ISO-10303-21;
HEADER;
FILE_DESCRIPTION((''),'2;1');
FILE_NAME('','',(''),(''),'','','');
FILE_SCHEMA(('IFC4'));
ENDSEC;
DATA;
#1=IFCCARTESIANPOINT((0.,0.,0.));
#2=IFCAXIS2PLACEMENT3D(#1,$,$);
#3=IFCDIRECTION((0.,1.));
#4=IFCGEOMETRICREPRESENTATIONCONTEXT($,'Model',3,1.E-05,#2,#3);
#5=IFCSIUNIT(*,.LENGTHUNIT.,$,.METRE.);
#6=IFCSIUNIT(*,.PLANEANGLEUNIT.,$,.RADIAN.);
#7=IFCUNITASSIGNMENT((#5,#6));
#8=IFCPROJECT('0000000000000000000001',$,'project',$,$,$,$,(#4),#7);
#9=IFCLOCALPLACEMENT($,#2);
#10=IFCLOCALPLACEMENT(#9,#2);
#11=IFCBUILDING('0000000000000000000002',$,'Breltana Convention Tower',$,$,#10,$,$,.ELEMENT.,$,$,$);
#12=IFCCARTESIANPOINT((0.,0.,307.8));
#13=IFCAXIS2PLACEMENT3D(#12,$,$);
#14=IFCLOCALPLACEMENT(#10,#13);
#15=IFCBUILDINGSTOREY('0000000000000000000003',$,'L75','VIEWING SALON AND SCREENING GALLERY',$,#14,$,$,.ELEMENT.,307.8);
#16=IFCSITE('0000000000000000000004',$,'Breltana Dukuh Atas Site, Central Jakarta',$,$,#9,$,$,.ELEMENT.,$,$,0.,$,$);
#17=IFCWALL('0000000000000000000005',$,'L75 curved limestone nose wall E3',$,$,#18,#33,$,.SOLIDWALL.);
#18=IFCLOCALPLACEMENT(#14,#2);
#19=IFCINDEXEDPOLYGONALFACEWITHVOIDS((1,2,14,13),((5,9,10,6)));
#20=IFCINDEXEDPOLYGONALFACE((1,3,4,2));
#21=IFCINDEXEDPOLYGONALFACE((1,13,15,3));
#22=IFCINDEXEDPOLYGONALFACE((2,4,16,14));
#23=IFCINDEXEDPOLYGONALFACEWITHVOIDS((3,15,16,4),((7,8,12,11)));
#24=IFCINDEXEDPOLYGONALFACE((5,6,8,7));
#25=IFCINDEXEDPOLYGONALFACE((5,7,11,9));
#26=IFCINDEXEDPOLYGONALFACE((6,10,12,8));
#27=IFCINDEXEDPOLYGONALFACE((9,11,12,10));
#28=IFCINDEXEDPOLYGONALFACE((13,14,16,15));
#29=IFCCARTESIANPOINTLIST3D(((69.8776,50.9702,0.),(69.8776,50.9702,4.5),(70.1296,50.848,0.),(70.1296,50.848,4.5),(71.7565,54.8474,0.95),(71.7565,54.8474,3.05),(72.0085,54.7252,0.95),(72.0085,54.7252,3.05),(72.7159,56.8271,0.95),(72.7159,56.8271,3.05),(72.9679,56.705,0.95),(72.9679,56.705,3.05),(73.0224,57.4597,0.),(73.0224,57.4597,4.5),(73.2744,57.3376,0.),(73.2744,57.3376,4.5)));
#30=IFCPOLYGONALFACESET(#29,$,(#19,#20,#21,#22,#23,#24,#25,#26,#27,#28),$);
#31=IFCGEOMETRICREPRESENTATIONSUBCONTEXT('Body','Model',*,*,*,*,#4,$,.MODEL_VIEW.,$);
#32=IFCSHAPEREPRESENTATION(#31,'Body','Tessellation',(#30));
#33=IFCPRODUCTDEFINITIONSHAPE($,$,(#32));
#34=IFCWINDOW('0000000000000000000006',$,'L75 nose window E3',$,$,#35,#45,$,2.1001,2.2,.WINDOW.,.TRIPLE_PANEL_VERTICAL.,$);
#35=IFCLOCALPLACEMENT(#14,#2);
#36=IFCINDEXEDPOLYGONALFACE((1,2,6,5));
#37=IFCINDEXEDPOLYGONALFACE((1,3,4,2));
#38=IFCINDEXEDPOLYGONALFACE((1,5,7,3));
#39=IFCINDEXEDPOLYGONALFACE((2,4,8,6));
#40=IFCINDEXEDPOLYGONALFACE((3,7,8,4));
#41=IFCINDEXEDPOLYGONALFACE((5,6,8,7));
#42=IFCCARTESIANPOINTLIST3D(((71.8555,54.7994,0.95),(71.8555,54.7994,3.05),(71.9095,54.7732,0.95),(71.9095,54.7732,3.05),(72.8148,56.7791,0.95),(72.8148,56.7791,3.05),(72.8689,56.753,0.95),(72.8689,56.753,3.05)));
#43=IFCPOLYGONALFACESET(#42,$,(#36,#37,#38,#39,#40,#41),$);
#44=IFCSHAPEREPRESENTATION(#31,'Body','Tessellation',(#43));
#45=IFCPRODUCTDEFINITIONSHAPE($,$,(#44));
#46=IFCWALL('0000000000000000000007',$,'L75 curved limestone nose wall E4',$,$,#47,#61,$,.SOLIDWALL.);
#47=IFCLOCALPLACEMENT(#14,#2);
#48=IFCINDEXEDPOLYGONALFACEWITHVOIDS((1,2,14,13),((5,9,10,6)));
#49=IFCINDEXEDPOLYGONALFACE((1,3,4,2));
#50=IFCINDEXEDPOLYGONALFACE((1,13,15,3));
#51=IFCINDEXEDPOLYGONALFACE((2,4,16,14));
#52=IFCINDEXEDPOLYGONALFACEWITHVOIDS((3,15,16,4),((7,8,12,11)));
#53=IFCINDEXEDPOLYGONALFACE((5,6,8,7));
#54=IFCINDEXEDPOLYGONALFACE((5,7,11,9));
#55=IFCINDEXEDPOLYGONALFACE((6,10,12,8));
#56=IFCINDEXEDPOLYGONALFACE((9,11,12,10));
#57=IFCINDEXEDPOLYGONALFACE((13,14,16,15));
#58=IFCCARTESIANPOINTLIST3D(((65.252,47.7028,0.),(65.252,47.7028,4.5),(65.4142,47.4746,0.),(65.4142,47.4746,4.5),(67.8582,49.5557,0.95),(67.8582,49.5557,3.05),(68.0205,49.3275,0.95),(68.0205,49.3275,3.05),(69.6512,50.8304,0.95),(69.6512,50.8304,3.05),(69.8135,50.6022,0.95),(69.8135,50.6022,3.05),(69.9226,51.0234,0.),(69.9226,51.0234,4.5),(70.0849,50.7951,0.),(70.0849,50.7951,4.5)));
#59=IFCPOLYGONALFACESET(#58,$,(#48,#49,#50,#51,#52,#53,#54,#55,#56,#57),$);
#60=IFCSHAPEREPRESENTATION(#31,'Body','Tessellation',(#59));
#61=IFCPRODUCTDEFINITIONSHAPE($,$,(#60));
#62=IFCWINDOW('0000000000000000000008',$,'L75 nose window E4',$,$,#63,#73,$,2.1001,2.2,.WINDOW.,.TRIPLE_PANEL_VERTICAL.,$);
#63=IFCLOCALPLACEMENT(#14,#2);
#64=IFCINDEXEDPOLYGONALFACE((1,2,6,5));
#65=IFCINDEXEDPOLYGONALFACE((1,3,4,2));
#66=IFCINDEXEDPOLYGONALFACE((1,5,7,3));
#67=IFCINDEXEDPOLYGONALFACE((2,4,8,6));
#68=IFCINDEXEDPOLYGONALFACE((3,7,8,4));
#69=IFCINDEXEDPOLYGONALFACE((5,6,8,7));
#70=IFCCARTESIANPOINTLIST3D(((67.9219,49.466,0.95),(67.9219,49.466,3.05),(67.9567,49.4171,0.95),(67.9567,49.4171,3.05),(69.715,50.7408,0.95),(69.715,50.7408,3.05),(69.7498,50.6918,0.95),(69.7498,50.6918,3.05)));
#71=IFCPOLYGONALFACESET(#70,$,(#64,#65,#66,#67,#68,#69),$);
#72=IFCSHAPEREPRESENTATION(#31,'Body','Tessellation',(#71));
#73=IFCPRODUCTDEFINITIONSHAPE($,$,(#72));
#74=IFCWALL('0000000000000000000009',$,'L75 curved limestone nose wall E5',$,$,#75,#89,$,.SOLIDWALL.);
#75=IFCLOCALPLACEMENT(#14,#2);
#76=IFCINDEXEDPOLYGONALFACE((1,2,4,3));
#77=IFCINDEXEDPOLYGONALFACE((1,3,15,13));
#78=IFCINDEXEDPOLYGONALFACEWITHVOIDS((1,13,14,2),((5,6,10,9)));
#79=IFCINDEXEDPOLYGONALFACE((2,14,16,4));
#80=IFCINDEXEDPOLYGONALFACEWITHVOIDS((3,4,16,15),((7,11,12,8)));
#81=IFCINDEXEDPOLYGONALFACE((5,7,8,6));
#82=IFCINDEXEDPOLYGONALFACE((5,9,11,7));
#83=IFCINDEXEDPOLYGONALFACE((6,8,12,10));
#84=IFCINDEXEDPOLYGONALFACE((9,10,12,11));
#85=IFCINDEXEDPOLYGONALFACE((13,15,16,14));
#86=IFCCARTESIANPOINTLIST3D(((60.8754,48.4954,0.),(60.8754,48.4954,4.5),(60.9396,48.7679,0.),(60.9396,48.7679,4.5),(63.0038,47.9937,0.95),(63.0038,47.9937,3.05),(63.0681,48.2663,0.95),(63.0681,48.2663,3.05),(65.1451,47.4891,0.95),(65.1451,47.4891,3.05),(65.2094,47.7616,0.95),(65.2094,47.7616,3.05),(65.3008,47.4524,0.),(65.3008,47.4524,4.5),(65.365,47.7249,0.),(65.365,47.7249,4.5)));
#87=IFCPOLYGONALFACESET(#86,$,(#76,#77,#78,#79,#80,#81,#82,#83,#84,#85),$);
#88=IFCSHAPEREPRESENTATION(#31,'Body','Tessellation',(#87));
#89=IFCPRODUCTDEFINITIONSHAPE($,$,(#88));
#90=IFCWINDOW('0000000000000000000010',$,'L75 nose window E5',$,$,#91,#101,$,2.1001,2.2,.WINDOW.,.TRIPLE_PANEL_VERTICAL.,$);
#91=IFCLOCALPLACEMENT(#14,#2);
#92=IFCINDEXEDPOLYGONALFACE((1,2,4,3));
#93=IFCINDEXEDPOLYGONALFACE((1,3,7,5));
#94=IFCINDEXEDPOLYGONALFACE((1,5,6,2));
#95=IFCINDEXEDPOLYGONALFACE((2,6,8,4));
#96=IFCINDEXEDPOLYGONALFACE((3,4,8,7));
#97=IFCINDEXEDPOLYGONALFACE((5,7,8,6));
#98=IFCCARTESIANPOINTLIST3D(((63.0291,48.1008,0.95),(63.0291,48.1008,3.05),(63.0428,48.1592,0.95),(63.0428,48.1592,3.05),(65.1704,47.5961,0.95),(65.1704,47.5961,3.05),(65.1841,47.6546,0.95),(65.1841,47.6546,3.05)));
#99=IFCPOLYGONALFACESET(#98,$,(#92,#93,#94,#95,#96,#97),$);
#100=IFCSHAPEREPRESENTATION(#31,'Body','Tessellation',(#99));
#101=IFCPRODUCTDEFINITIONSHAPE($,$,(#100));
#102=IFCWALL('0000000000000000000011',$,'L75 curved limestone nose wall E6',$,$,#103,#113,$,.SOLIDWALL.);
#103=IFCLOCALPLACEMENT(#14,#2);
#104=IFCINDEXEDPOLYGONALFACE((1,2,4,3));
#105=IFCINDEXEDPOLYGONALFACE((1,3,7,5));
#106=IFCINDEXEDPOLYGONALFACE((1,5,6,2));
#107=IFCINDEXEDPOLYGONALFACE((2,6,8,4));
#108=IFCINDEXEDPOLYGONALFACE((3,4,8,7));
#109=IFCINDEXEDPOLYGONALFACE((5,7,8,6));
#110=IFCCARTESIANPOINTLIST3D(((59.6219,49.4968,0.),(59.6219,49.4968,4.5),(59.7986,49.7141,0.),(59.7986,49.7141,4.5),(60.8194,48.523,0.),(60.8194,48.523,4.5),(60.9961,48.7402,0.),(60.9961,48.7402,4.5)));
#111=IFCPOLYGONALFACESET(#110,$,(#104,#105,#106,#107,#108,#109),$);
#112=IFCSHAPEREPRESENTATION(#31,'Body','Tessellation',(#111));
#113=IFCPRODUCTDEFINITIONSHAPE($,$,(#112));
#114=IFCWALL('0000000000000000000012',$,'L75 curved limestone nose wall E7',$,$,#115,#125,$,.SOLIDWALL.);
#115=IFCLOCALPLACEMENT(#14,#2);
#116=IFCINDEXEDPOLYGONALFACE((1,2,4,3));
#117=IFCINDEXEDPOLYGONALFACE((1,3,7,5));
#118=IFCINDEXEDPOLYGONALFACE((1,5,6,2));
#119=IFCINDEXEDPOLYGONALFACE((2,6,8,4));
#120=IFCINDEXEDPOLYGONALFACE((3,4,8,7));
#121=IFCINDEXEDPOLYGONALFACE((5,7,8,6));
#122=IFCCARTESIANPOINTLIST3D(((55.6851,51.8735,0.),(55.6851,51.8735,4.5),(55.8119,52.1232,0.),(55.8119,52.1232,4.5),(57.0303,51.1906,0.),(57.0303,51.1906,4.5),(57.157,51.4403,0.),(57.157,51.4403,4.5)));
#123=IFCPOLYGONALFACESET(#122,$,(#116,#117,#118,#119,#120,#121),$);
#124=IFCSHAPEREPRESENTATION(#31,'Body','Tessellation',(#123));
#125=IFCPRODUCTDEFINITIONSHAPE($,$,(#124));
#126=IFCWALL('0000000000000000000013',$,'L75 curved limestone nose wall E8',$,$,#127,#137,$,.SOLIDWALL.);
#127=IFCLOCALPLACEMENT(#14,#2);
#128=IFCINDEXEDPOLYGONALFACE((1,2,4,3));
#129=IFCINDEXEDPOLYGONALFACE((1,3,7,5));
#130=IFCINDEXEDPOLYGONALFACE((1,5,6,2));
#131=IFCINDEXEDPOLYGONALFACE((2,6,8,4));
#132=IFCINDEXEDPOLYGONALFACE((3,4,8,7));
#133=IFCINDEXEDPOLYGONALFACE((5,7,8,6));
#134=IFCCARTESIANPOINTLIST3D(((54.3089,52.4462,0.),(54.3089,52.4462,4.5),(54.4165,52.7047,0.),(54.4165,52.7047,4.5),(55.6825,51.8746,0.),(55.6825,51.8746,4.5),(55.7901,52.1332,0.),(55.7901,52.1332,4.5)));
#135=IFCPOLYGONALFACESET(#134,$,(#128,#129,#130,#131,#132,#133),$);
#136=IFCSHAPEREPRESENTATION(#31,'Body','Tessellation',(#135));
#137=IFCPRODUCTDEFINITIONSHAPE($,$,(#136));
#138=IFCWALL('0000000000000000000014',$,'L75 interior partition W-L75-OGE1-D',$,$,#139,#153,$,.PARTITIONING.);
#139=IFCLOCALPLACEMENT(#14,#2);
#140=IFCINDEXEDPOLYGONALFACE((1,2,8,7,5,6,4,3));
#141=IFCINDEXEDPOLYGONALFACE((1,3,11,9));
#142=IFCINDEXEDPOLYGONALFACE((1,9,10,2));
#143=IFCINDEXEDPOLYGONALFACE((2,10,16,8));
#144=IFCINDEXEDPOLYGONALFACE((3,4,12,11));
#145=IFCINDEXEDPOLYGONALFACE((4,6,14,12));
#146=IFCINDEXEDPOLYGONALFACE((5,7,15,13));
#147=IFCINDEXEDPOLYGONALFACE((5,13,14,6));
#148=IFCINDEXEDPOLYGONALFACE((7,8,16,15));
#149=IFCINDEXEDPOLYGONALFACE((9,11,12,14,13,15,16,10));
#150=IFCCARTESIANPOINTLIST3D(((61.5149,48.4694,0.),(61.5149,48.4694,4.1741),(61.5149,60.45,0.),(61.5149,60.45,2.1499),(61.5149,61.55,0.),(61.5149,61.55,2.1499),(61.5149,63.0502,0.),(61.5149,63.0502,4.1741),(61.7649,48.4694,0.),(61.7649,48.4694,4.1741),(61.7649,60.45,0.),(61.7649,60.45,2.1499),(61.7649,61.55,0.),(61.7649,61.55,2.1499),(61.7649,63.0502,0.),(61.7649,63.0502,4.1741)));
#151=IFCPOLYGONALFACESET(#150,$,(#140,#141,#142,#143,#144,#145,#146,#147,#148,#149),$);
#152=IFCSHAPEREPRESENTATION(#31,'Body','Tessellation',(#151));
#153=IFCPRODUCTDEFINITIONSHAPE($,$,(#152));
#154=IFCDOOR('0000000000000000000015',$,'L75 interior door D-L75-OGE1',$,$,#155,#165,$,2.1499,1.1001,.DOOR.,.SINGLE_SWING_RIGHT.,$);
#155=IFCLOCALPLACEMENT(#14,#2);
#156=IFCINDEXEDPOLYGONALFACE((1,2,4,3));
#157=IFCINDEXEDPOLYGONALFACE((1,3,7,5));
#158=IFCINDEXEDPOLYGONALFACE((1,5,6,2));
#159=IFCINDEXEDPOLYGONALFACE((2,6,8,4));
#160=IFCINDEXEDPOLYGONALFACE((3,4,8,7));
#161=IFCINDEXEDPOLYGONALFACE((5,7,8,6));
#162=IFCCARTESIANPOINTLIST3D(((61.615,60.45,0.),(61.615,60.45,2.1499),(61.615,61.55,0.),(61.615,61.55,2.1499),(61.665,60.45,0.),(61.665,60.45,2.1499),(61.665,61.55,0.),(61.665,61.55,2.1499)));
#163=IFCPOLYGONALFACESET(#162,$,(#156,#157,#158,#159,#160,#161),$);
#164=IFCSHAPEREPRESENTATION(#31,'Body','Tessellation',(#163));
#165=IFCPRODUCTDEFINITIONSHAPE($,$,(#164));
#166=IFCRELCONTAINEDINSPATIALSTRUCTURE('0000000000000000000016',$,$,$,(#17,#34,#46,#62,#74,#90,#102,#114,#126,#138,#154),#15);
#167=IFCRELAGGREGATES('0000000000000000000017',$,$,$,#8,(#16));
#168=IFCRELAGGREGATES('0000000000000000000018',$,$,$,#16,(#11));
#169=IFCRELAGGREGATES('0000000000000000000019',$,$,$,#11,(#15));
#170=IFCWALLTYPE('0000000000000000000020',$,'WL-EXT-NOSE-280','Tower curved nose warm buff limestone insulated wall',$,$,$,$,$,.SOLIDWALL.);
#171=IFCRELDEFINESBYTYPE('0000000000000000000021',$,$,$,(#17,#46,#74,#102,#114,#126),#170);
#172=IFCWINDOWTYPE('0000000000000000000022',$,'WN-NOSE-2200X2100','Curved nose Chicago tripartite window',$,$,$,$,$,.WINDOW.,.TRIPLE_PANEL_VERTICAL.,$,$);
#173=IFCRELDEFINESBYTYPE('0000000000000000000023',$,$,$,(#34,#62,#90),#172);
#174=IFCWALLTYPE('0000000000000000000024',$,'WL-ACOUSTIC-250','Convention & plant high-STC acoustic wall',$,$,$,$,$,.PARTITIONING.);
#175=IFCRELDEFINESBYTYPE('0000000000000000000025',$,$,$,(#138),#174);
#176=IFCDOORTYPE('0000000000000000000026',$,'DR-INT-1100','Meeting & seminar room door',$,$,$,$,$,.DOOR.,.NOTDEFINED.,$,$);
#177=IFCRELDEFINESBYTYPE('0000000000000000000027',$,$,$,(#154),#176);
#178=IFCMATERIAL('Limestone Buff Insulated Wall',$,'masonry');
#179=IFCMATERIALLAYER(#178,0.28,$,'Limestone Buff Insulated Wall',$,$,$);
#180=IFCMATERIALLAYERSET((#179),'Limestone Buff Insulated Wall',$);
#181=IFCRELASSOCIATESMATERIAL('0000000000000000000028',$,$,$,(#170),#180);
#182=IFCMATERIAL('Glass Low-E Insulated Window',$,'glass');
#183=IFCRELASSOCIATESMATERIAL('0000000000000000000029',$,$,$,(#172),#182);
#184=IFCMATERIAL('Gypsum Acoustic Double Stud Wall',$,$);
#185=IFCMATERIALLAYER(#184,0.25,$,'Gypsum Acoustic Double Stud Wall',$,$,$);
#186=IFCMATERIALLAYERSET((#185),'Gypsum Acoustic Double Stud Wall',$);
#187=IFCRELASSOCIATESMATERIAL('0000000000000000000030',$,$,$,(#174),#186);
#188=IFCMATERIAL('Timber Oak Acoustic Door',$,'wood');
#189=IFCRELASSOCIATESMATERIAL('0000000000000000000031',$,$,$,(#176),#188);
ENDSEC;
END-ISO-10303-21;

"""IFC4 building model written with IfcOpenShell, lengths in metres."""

from ifc_helpers import new_model, si_unit, direction, frame, frame_2d, origin, place, context, subcontext, project, spatial, rectangle, extrude, source, transform, mapped, material, layer, layer_set, type_object, type_shapes, element, fill, save


model = new_model("IFC4")

# Units and contexts
model_context = context("Model", 3, precision=1e-05, world=origin(), true_north=direction((0.0, 1.0)))
body_context = subcontext(model_context, "Body", "Model", "MODEL_VIEW")
ifc_project = project(units=[si_unit("LENGTHUNIT", "METRE"), si_unit("PLANEANGLEUNIT", "RADIAN")], contexts=[model_context])

# Site, building, storey
site_placement = place(None, origin())
site = spatial("IfcSite", under=ifc_project, at=site_placement, Name="Breltana Dukuh Atas Site, Central Jakarta", CompositionType="ELEMENT", RefElevation=0.0)
building_placement = place(site_placement, origin())
building = spatial("IfcBuilding", under=site, at=building_placement, Name="Breltana Convention Tower", CompositionType="ELEMENT")
storey_placement = place(building_placement, frame((0.0, 0.0, 307.8)))
storey = spatial("IfcBuildingStorey", under=building, at=storey_placement, Name="L75", Description="VIEWING SALON AND SCREENING GALLERY", CompositionType="ELEMENT", Elevation=307.8)

# Walls, openings, windows
ifc_material_1 = material(Name="Limestone Buff Insulated Wall", Category="masonry")
ifc_layer_1 = layer(ifc_material_1, 0.28, Name="Limestone Buff Insulated Wall")
ifc_layer_set_1 = layer_set([ifc_layer_1], Name="Limestone Buff Insulated Wall")
wall_type_1 = type_object("IfcWallType", Name="WL-EXT-NOSE-280", Description="Tower curved nose warm buff limestone insulated wall", PredefinedType="SOLIDWALL", material=ifc_layer_set_1)
shared_shape_1 = source(origin(), body_context, "Body", "SweptSolid", [
    extrude(rectangle(XDim=7.2114, YDim=0.28, at=frame_2d((3.6057, 0.0))), origin(), (0.0, 0.0, 1.0), 4.5),
])
wall_1_placement = place(storey_placement, frame((73.1484, 57.3987, 0.0), z_axis=(0.0, 0.0, 1.0), x_axis=(-0.436088, -0.899904, 0.0)))
wall_1 = element("IfcWall", 1, at=wall_1_placement, inside=storey, type_object=wall_type_1, Name="L75 curved limestone nose wall E3", PredefinedType="SOLIDWALL", context=body_context, shape_type="MappedRepresentation", body=[
    mapped(shared_shape_1, transform((0.0, 0.0, 0.0), scale=1.0)),
])
opening_1_placement = place(wall_1_placement, frame((0.7029, 0.0, 0.95)))
opening_1 = element("IfcOpeningElement", 2, at=opening_1_placement, cuts=wall_1, PredefinedType="OPENING", context=body_context, shape_type="SweptSolid", body=[
    extrude(rectangle(XDim=2.2, YDim=2.1001, at=frame_2d((1.1001, 1.05))), frame((0.0, 0.1499, 0.0), z_axis=(0.0, -1.0, 0.0), x_axis=(1.0, 0.0, 0.0)), (0.0, 0.0, 1.0), 0.3),
])
ifc_material_2 = material(Name="Glass Low-E Insulated Window", Category="glass")
window_type = type_object("IfcWindowType", Name="WN-NOSE-2200X2100", Description="Curved nose Chicago tripartite window", PartitioningType="TRIPLE_PANEL_VERTICAL", PredefinedType="WINDOW", material=ifc_material_2)
shared_shape_2 = source(origin(), body_context, "Body", "SweptSolid", [
    extrude(rectangle(XDim=2.2, YDim=2.1001, at=frame_2d((1.1001, 1.05))), frame((0.0, 0.03, 0.0), z_axis=(0.0, -1.0, 0.0), x_axis=(1.0, 0.0, 0.0)), (0.0, 0.0, 1.0), 0.0601),
])
type_shapes(window_type, [shared_shape_2])
window_1_placement = place(opening_1_placement, origin())
window_1 = element("IfcWindow", 3, at=window_1_placement, inside=storey, type_object=window_type, Name="L75 nose window E3", OverallHeight=2.1001, OverallWidth=2.2, PartitioningType="TRIPLE_PANEL_VERTICAL", PredefinedType="WINDOW", context=body_context, shape_type="MappedRepresentation", body=[
    mapped(shared_shape_2, transform((0.0, 0.0, 0.0), scale=1.0)),
])
fill(opening_1, window_1)
shared_shape_3 = source(origin(), body_context, "Body", "SweptSolid", [
    extrude(rectangle(XDim=5.7307, YDim=0.28, at=frame_2d((2.8652, 0.0))), origin(), (0.0, 0.0, 1.0), 4.5),
])
wall_2_placement = place(storey_placement, frame((70.0037, 50.9092, 0.0), z_axis=(0.0, 0.0, 1.0), x_axis=(-0.815021, -0.579431, 0.0)))
wall_2 = element("IfcWall", 4, at=wall_2_placement, inside=storey, type_object=wall_type_1, Name="L75 curved limestone nose wall E4", PredefinedType="SOLIDWALL", context=body_context, shape_type="MappedRepresentation", body=[
    mapped(shared_shape_3, transform((0.0, 0.0, 0.0), scale=1.0)),
])
opening_2_placement = place(wall_2_placement, frame((0.3328, 0.0, 0.95)))
opening_2 = element("IfcOpeningElement", 5, at=opening_2_placement, cuts=wall_2, PredefinedType="OPENING", context=body_context, shape_type="SweptSolid", body=[
    extrude(rectangle(XDim=2.2, YDim=2.1001, at=frame_2d((1.1001, 1.05))), frame((0.0, 0.1499, 0.0), z_axis=(0.0, -1.0, 0.0), x_axis=(1.0, 0.0, 0.0)), (0.0, 0.0, 1.0), 0.3),
])
window_2_placement = place(opening_2_placement, origin())
window_2 = element("IfcWindow", 6, at=window_2_placement, inside=storey, type_object=window_type, Name="L75 nose window E4", OverallHeight=2.1001, OverallWidth=2.2, PartitioningType="TRIPLE_PANEL_VERTICAL", PredefinedType="WINDOW", context=body_context, shape_type="MappedRepresentation", body=[
    mapped(shared_shape_2, transform((0.0, 0.0, 0.0), scale=1.0)),
])
fill(opening_2, window_2)
shared_shape_4 = source(origin(), body_context, "Body", "SweptSolid", [
    extrude(rectangle(XDim=4.5466, YDim=0.28, at=frame_2d((2.2734, 0.0))), origin(), (0.0, 0.0, 1.0), 4.5),
])
wall_3_placement = place(storey_placement, frame((65.333, 47.5886, 0.0), z_axis=(0.0, 0.0, 1.0), x_axis=(-0.973333, 0.229398, 0.0)))
wall_3 = element("IfcWall", 7, at=wall_3_placement, inside=storey, type_object=wall_type_1, Name="L75 curved limestone nose wall E5", PredefinedType="SOLIDWALL", context=body_context, shape_type="MappedRepresentation", body=[
    mapped(shared_shape_4, transform((0.0, 0.0, 0.0), scale=1.0)),
])
opening_3_placement = place(wall_3_placement, frame((0.1599, 0.0, 0.95)))
opening_3 = element("IfcOpeningElement", 8, at=opening_3_placement, cuts=wall_3, PredefinedType="OPENING", context=body_context, shape_type="SweptSolid", body=[
    extrude(rectangle(XDim=2.2, YDim=2.1001, at=frame_2d((1.1001, 1.05))), frame((0.0, 0.1499, 0.0), z_axis=(0.0, -1.0, 0.0), x_axis=(1.0, 0.0, 0.0)), (0.0, 0.0, 1.0), 0.3),
])
window_3_placement = place(opening_3_placement, origin())
window_3 = element("IfcWindow", 9, at=window_3_placement, inside=storey, type_object=window_type, Name="L75 nose window E5", OverallHeight=2.1001, OverallWidth=2.2, PartitioningType="TRIPLE_PANEL_VERTICAL", PredefinedType="WINDOW", context=body_context, shape_type="MappedRepresentation", body=[
    mapped(shared_shape_2, transform((0.0, 0.0, 0.0), scale=1.0)),
])
fill(opening_3, window_3)

# Walls
shared_shape_5 = source(origin(), body_context, "Body", "SweptSolid", [
    extrude(rectangle(XDim=1.5435, YDim=0.28, at=frame_2d((0.7717, 0.0))), origin(), (0.0, 0.0, 1.0), 4.5),
])
wall_4_placement = place(storey_placement, frame((60.9077, 48.6316, 0.0), z_axis=(0.0, 0.0, 1.0), x_axis=(-0.775828, 0.630944, 0.0)))
element("IfcWall", 10, at=wall_4_placement, inside=storey, type_object=wall_type_1, Name="L75 curved limestone nose wall E6", PredefinedType="SOLIDWALL", context=body_context, shape_type="MappedRepresentation", body=[
    mapped(shared_shape_5, transform((0.0, 0.0, 0.0), scale=1.0)),
])
shared_shape_6 = source(origin(), body_context, "Body", "SweptSolid", [
    extrude(rectangle(XDim=1.5085, YDim=0.28, at=frame_2d((0.7544, 0.0))), origin(), (0.0, 0.0, 1.0), 4.5),
])
wall_5_placement = place(storey_placement, frame((57.0938, 51.3154, 0.0), z_axis=(0.0, 0.0, 1.0), x_axis=(-0.891692, 0.452643, 0.0)))
element("IfcWall", 11, at=wall_5_placement, inside=storey, type_object=wall_type_1, Name="L75 curved limestone nose wall E7", PredefinedType="SOLIDWALL", context=body_context, shape_type="MappedRepresentation", body=[
    mapped(shared_shape_6, transform((0.0, 0.0, 0.0), scale=1.0)),
])
shared_shape_7 = source(origin(), body_context, "Body", "SweptSolid", [
    extrude(rectangle(XDim=1.4878, YDim=0.28, at=frame_2d((0.7439, 0.0))), origin(), (0.0, 0.0, 1.0), 4.5),
])
wall_6_placement = place(storey_placement, frame((55.7363, 52.0039, 0.0), z_axis=(0.0, 0.0, 1.0), x_axis=(-0.923261, 0.384173, 0.0)))
element("IfcWall", 12, at=wall_6_placement, inside=storey, type_object=wall_type_1, Name="L75 curved limestone nose wall E8", PredefinedType="SOLIDWALL", context=body_context, shape_type="MappedRepresentation", body=[
    mapped(shared_shape_7, transform((0.0, 0.0, 0.0), scale=1.0)),
])

# Wall, opening, door
ifc_material_3 = material(Name="Gypsum Acoustic Double Stud Wall")
ifc_layer_2 = layer(ifc_material_3, 0.25, Name="Gypsum Acoustic Double Stud Wall")
ifc_layer_set_2 = layer_set([ifc_layer_2], Name="Gypsum Acoustic Double Stud Wall")
wall_type_2 = type_object("IfcWallType", Name="WL-ACOUSTIC-250", Description="Convention & plant high-STC acoustic wall", PredefinedType="PARTITIONING", material=ifc_layer_set_2)
shared_shape_8 = source(origin(), body_context, "Body", "SweptSolid", [
    extrude(rectangle(XDim=14.5808, YDim=0.25, at=frame_2d((7.2905, 0.0))), origin(), (0.0, 0.0, 1.0), 4.1741),
])
wall_7_placement = place(storey_placement, frame((61.6399, 48.4692, 0.0), z_axis=(0.0, 0.0, 1.0), x_axis=(0.0, 1.0, 0.0)))
wall_7 = element("IfcWall", 13, at=wall_7_placement, inside=storey, type_object=wall_type_2, Name="L75 interior partition W-L75-OGE1-D", PredefinedType="PARTITIONING", context=body_context, shape_type="MappedRepresentation", body=[
    mapped(shared_shape_8, transform((0.0, 0.0, 0.0), scale=1.0)),
])
opening_4_placement = place(wall_7_placement, frame((11.9807, 0.0, 0.0)))
opening_4 = element("IfcOpeningElement", 14, at=opening_4_placement, cuts=wall_7, PredefinedType="OPENING", context=body_context, shape_type="SweptSolid", body=[
    extrude(rectangle(XDim=1.1001, YDim=2.1499, at=frame_2d((0.55, 1.075))), frame((0.0, 0.135, 0.0), z_axis=(0.0, -1.0, 0.0), x_axis=(1.0, 0.0, 0.0)), (0.0, 0.0, 1.0), 0.27),
])
ifc_material_4 = material(Name="Timber Oak Acoustic Door", Category="wood")
door_type_1 = type_object("IfcDoorType", Name="DR-INT-1100", Description="Meeting & seminar room door", OperationType="NOTDEFINED", PredefinedType="DOOR", material=ifc_material_4)
shared_shape_9 = source(origin(), body_context, "Body", "SweptSolid", [
    extrude(rectangle(XDim=1.1001, YDim=2.1499, at=frame_2d((0.55, 1.075))), frame((0.0, 0.0249, 0.0), z_axis=(0.0, -1.0, 0.0), x_axis=(1.0, 0.0, 0.0)), (0.0, 0.0, 1.0), 0.05),
])
type_shapes(door_type_1, [shared_shape_9])
door_1_placement = place(opening_4_placement, origin())
door_1 = element("IfcDoor", 15, at=door_1_placement, inside=storey, type_object=door_type_1, Name="L75 interior door D-L75-OGE1", OperationType="SINGLE_SWING_RIGHT", OverallHeight=2.1499, OverallWidth=1.1001, PredefinedType="DOOR", context=body_context, shape_type="MappedRepresentation", body=[
    mapped(shared_shape_9, transform((0.0, 0.0, 0.0), scale=1.0)),
])
fill(opening_4, door_1)

save(model, "model.ifc")
